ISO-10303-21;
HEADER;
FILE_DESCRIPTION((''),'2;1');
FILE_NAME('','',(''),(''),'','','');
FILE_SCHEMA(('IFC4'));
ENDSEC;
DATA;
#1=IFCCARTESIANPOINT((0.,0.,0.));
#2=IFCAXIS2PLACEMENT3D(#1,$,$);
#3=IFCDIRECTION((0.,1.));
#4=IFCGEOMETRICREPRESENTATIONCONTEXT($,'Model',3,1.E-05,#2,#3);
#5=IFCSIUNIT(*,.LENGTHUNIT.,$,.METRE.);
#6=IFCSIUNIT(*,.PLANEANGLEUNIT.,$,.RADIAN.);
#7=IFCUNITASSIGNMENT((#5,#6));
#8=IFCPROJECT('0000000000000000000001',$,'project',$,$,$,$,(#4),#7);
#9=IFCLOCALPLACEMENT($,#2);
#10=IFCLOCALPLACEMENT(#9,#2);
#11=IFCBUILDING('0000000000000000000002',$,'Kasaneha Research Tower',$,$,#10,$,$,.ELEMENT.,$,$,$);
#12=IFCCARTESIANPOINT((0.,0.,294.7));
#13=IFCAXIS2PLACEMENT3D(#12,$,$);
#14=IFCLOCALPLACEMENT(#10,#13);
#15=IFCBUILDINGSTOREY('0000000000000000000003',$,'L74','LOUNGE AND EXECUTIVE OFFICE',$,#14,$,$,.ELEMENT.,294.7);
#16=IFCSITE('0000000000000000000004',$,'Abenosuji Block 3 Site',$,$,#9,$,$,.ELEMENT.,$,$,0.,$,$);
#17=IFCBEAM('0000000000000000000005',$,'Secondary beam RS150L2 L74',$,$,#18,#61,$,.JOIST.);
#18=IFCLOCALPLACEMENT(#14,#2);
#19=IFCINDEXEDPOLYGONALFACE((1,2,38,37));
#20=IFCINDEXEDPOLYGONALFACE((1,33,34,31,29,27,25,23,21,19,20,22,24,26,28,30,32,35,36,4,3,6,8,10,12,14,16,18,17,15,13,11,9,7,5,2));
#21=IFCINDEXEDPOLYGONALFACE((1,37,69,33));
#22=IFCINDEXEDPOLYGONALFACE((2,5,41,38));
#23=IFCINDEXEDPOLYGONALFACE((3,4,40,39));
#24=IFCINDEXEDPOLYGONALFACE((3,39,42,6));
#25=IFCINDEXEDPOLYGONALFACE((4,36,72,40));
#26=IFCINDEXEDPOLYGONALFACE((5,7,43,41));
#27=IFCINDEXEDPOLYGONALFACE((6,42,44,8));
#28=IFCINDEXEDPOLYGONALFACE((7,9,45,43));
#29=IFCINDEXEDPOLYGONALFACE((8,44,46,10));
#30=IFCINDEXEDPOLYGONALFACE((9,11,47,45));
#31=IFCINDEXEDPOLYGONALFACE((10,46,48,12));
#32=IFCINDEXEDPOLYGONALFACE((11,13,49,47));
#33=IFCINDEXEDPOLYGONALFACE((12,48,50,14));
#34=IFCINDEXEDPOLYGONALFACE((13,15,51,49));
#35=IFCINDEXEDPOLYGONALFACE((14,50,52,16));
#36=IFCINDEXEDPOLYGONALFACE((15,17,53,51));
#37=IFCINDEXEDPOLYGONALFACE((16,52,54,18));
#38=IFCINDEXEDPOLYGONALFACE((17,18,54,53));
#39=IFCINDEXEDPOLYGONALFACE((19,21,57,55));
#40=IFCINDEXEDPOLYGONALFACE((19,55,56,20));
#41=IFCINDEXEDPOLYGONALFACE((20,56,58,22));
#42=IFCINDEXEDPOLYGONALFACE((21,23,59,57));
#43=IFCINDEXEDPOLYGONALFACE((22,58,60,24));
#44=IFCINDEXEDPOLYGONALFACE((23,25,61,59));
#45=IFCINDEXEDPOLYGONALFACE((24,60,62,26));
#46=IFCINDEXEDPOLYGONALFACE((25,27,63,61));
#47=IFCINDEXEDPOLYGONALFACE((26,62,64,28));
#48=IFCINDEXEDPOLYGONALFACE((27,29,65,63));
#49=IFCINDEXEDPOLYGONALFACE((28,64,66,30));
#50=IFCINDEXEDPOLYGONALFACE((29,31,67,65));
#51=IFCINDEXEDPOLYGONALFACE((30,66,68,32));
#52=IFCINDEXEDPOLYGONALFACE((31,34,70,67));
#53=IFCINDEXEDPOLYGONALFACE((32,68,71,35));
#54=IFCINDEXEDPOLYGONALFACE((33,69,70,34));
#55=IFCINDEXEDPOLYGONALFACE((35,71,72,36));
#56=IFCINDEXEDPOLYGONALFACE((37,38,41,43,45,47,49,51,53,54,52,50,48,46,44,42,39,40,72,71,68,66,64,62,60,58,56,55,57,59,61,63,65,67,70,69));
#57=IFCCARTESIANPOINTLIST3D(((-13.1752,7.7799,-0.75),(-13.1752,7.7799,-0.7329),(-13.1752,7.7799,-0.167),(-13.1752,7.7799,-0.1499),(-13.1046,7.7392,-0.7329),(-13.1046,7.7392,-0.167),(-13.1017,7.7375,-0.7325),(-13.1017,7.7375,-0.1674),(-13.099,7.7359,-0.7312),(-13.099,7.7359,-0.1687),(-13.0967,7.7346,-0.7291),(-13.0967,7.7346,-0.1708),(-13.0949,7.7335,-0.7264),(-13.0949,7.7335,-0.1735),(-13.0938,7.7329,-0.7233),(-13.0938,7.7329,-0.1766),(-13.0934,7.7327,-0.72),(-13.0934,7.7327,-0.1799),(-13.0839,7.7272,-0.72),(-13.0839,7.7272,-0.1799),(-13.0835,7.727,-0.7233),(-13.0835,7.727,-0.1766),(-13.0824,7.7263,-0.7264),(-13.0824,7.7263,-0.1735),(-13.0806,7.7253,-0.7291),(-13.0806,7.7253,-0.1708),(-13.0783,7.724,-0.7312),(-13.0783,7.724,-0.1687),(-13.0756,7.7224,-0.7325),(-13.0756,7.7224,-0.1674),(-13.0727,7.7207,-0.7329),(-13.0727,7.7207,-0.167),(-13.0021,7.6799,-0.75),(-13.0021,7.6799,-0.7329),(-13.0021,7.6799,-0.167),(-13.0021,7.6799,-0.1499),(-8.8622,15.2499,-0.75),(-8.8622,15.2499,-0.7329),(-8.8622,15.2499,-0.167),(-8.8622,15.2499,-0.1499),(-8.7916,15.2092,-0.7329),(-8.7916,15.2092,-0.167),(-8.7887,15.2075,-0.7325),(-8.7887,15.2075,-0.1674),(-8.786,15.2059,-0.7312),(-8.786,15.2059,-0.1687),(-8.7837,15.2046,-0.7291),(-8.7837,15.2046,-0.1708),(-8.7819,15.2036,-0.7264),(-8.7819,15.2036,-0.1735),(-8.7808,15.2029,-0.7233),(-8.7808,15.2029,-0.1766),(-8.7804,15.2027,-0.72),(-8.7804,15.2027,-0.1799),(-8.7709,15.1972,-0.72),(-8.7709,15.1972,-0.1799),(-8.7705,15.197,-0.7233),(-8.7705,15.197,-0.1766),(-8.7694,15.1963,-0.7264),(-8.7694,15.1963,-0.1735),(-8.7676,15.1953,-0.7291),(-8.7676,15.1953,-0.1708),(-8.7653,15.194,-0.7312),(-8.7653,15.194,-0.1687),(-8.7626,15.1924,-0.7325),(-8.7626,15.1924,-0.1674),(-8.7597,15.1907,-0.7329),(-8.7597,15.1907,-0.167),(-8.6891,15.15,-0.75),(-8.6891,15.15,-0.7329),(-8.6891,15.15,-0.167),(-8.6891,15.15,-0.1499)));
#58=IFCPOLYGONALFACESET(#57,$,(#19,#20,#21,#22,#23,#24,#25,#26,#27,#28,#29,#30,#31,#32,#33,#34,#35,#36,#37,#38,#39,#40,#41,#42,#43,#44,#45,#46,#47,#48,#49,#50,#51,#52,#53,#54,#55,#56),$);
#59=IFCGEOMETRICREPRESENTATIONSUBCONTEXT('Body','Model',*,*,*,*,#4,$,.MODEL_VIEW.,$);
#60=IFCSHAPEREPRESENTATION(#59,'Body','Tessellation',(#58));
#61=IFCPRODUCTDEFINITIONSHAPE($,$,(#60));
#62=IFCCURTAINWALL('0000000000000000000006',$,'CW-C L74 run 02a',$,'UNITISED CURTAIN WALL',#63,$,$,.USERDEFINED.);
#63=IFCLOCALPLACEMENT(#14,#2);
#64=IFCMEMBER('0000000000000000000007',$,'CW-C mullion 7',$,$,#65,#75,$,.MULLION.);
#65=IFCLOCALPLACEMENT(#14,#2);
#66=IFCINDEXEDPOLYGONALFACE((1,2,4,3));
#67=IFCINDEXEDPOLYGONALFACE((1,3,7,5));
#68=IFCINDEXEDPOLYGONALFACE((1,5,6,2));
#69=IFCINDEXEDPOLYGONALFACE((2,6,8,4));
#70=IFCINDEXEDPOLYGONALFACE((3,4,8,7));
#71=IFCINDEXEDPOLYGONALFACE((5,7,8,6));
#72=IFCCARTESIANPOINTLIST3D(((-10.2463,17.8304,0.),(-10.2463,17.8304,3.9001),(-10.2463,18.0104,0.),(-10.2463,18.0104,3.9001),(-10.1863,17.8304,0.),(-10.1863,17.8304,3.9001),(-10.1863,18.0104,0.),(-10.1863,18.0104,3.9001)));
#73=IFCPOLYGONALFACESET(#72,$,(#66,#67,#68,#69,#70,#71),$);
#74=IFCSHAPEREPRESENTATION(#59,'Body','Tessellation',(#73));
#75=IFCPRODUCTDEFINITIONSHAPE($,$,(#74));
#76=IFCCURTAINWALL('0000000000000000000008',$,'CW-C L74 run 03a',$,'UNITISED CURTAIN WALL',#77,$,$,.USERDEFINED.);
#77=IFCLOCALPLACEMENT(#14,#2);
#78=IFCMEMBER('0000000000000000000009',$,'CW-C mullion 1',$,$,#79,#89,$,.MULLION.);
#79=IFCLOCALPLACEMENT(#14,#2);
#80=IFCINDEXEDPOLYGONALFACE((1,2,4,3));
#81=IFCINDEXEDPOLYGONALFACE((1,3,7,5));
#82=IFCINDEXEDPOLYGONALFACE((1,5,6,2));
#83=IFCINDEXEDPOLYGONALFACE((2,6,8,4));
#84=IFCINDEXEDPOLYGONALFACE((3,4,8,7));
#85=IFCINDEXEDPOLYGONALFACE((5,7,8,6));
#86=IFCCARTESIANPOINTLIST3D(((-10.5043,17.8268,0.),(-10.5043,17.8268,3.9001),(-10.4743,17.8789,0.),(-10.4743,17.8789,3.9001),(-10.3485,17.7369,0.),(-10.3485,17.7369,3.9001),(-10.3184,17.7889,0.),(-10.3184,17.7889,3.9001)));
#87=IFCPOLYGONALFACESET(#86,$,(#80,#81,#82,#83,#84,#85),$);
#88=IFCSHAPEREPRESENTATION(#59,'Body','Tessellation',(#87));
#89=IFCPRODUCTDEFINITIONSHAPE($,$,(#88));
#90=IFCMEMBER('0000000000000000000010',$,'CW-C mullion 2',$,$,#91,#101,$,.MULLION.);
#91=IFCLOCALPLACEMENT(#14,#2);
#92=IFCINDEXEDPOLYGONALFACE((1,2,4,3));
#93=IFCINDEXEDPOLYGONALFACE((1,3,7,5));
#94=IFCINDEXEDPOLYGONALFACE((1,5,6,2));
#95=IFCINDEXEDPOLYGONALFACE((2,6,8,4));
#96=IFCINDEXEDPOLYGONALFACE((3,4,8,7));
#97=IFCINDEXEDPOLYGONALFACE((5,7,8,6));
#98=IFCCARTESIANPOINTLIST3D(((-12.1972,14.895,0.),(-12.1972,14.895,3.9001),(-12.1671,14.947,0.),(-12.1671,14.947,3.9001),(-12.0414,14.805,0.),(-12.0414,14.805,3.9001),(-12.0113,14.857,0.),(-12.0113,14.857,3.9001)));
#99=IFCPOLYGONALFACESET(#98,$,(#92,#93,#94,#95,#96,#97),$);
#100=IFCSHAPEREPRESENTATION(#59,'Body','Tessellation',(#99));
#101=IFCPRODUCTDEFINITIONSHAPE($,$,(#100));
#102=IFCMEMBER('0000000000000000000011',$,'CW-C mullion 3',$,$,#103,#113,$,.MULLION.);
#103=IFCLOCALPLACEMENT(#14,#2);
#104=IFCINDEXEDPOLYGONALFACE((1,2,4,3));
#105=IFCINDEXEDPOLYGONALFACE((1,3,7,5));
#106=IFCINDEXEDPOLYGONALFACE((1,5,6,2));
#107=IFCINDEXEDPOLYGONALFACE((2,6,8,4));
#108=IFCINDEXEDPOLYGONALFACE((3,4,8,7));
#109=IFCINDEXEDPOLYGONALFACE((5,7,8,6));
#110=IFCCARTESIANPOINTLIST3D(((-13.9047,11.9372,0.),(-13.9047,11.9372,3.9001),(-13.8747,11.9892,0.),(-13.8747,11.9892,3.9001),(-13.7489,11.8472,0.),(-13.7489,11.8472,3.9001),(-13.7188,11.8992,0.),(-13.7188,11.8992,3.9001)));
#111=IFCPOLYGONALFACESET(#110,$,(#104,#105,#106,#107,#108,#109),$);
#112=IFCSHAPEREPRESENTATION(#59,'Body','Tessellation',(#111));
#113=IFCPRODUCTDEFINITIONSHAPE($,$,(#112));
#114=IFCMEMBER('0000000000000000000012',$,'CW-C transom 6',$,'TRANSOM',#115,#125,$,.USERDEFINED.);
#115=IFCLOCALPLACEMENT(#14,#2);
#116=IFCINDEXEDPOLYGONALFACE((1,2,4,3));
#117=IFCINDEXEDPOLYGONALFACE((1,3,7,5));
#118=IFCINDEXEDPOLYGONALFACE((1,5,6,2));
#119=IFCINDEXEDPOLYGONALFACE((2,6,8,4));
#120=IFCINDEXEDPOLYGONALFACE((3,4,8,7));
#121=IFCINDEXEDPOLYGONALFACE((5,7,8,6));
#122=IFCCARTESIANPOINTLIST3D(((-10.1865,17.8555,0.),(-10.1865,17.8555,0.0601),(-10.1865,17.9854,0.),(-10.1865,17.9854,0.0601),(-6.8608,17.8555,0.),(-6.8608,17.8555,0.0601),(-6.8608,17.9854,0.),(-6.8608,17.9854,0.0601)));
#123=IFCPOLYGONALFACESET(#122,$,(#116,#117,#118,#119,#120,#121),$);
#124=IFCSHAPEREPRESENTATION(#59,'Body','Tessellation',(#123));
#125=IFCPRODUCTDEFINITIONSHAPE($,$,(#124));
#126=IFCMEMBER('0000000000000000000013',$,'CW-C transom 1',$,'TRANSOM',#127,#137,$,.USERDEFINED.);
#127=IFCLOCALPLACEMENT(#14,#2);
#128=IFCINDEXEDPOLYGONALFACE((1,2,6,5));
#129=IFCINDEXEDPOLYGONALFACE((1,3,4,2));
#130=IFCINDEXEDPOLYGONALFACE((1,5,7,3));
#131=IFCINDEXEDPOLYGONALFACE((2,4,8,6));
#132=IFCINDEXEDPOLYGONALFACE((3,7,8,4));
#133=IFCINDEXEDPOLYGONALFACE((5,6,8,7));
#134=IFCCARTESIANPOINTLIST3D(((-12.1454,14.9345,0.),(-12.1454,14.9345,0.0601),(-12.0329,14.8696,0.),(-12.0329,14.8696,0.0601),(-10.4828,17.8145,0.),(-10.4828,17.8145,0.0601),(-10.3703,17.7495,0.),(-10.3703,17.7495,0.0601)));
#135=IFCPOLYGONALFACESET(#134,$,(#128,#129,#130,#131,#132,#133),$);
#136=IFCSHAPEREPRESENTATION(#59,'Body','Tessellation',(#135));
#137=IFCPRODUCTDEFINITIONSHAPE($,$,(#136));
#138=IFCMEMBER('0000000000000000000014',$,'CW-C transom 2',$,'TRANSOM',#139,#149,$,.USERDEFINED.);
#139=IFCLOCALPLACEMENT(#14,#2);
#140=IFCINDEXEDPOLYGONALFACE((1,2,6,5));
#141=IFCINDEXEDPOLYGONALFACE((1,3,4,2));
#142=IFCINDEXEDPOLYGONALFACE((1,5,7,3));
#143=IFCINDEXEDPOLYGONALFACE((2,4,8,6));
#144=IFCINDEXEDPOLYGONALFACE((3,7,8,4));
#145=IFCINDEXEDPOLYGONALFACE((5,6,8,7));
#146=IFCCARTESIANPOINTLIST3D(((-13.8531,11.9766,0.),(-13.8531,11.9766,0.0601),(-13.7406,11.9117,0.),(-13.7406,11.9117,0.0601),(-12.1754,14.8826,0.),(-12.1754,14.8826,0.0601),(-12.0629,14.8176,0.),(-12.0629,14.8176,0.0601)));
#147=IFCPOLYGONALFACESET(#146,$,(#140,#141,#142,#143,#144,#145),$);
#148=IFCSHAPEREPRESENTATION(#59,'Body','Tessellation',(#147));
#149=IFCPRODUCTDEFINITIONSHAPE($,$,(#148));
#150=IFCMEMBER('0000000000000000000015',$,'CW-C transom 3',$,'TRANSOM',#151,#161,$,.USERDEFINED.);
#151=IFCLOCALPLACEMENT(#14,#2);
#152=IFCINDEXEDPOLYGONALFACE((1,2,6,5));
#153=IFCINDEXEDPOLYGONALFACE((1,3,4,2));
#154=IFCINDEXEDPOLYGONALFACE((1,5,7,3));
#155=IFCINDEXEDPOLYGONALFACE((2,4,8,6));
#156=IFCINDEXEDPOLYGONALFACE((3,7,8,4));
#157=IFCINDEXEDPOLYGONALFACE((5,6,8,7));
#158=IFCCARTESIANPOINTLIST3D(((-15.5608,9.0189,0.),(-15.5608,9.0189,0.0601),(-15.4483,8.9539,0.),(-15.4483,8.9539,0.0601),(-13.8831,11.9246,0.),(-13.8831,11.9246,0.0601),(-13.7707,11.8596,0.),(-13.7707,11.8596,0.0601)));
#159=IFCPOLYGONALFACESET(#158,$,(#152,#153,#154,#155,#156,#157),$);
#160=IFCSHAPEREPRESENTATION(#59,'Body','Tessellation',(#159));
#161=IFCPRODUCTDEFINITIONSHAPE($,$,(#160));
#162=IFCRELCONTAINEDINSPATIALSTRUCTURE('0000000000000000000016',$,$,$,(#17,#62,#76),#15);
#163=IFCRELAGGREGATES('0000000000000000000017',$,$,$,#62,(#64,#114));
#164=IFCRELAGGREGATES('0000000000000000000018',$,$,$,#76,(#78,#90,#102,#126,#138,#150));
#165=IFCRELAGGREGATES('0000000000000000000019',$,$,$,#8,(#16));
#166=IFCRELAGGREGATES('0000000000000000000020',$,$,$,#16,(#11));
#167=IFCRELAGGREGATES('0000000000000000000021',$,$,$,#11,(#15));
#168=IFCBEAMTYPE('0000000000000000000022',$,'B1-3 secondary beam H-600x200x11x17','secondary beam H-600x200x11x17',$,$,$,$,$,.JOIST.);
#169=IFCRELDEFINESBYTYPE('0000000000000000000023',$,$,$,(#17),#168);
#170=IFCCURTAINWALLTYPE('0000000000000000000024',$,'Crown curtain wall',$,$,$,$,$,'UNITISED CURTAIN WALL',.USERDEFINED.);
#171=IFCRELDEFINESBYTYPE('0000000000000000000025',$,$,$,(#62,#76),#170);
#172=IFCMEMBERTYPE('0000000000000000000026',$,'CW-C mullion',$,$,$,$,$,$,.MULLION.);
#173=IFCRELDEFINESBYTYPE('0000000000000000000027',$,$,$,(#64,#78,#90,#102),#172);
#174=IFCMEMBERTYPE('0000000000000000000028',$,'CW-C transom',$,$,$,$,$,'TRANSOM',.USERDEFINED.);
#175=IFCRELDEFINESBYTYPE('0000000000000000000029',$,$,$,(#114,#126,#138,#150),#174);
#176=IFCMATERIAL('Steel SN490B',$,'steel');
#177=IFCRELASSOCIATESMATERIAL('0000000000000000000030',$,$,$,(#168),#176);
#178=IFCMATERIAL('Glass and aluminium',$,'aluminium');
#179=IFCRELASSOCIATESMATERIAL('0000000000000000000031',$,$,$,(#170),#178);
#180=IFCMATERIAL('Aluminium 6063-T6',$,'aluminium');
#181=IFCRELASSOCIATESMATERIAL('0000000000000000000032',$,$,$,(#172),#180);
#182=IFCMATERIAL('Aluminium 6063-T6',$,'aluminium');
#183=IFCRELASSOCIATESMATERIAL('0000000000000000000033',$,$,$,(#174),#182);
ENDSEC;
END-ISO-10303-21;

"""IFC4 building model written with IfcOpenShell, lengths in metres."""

from ifc_helpers import new_model, si_unit, direction, frame, origin, origin_2d, place, context, subcontext, project, spatial, rectangle, i_section, extrude, material, material_profile, profile_set, type_object, element, aggregate, save


model = new_model("IFC4")

# Units and contexts
model_context = context("Model", 3, precision=1e-05, world=origin(), true_north=direction((0.0, 1.0)))
body_context = subcontext(model_context, "Body", "Model", "MODEL_VIEW")
ifc_project = project(units=[si_unit("LENGTHUNIT", "METRE"), si_unit("PLANEANGLEUNIT", "RADIAN")], contexts=[model_context])

# Site, building, storey
site_placement = place(None, origin())
site = spatial("IfcSite", under=ifc_project, at=site_placement, Name="Abenosuji Block 3 Site", CompositionType="ELEMENT", RefElevation=0.0)
building_placement = place(site_placement, origin())
building = spatial("IfcBuilding", under=site, at=building_placement, Name="Kasaneha Research Tower", CompositionType="ELEMENT")
storey_placement = place(building_placement, frame((0.0, 0.0, 294.7)))
storey = spatial("IfcBuildingStorey", under=building, at=storey_placement, Name="L74", Description="LOUNGE AND EXECUTIVE OFFICE", CompositionType="ELEMENT", Elevation=294.7)

# Beam
ifc_material_1 = material(Name="Steel SN490B", Category="steel")
ifc_material_profile_1 = material_profile(ifc_material_1, i_section(OverallWidth=0.2, OverallDepth=0.6001, WebThickness=0.011, FlangeThickness=0.0171, FilletRadius=0.0129, at=origin_2d()), Name="H-600x200x11x17")
ifc_profile_set_1 = profile_set([ifc_material_profile_1], Name="Steel SN490B")
beam_type_1 = type_object("IfcBeamType", Name="B1-3 secondary beam H-600x200x11x17", Description="secondary beam H-600x200x11x17", PredefinedType="JOIST", material=ifc_profile_set_1)
beam_1_placement = place(storey_placement, frame((-8.7756, 15.2, -0.45), z_axis=(-0.500017, -0.866015, 0.0), x_axis=(0.866015, -0.500017, 0.0)))
element("IfcBeam", 1, at=beam_1_placement, inside=storey, type_object=beam_type_1, Name="Secondary beam RS150L2 L74", PredefinedType="JOIST", context=body_context, shape_type="SweptSolid", body=[
    extrude(i_section(OverallWidth=0.2, OverallDepth=0.6001, WebThickness=0.011, FlangeThickness=0.0171, FilletRadius=0.0129, at=origin_2d()), origin(), (0.0, 0.0, 1.0), 8.6257),
])

# Curtain wall, member
ifc_material_2 = material(Name="Glass and aluminium", Category="aluminium")
curtain_wall_type = type_object("IfcCurtainWallType", Name="Crown curtain wall", ElementType="UNITISED CURTAIN WALL", PredefinedType="USERDEFINED", material=ifc_material_2)
curtain_wall_1_placement = place(storey_placement, origin())
curtain_wall_1 = element("IfcCurtainWall", 2, at=curtain_wall_1_placement, inside=storey, type_object=curtain_wall_type, Name="CW-C L74 run 02a", ObjectType="UNITISED CURTAIN WALL", PredefinedType="USERDEFINED")
ifc_material_3 = material(Name="Aluminium 6063-T6", Category="aluminium")
ifc_material_profile_2 = material_profile(ifc_material_3, rectangle(XDim=0.0601, YDim=0.1799, at=origin_2d()), Name="CW-C mullion 60x180")
ifc_profile_set_2 = profile_set([ifc_material_profile_2], Name="Aluminium 6063-T6")
member_type_1 = type_object("IfcMemberType", Name="CW-C mullion", PredefinedType="MULLION", material=ifc_profile_set_2)
member_1_placement = place(storey_placement, frame((-10.2163, 17.9204, 0.0), z_axis=(0.0, 0.0, 1.0), x_axis=(-1.0, 0.0, 0.0)))
member_1 = element("IfcMember", 3, at=member_1_placement, type_object=member_type_1, Name="CW-C mullion 7", PredefinedType="MULLION", context=body_context, shape_type="SweptSolid", body=[
    extrude(rectangle(XDim=0.0601, YDim=0.1799, at=origin_2d()), origin(), (0.0, 0.0, 1.0), 3.9001),
])

# Curtain wall, members
curtain_wall_2_placement = place(storey_placement, origin())
curtain_wall_2 = element("IfcCurtainWall", 4, at=curtain_wall_2_placement, inside=storey, type_object=curtain_wall_type, Name="CW-C L74 run 03a", ObjectType="UNITISED CURTAIN WALL", PredefinedType="USERDEFINED")
member_2_placement = place(storey_placement, frame((-10.4114, 17.8079, 0.0), z_axis=(0.0, 0.0, 1.0), x_axis=(-0.5, -0.866025, 0.0)))
member_2 = element("IfcMember", 5, at=member_2_placement, type_object=member_type_1, Name="CW-C mullion 1", PredefinedType="MULLION", context=body_context, shape_type="SweptSolid", body=[
    extrude(rectangle(XDim=0.0601, YDim=0.1799, at=origin_2d()), origin(), (0.0, 0.0, 1.0), 3.9001),
])
member_3_placement = place(storey_placement, frame((-12.1042, 14.876, 0.0), z_axis=(0.0, 0.0, 1.0), x_axis=(-0.5, -0.866025, 0.0)))
member_3 = element("IfcMember", 6, at=member_3_placement, type_object=member_type_1, Name="CW-C mullion 2", PredefinedType="MULLION", context=body_context, shape_type="SweptSolid", body=[
    extrude(rectangle(XDim=0.0601, YDim=0.1799, at=origin_2d()), origin(), (0.0, 0.0, 1.0), 3.9001),
])
member_4_placement = place(storey_placement, frame((-13.8118, 11.9182, 0.0), z_axis=(0.0, 0.0, 1.0), x_axis=(-0.5, -0.866025, 0.0)))
member_4 = element("IfcMember", 7, at=member_4_placement, type_object=member_type_1, Name="CW-C mullion 3", PredefinedType="MULLION", context=body_context, shape_type="SweptSolid", body=[
    extrude(rectangle(XDim=0.0601, YDim=0.1799, at=origin_2d()), origin(), (0.0, 0.0, 1.0), 3.9001),
])

# Members
ifc_material_4 = material(Name="Aluminium 6063-T6", Category="aluminium")
ifc_material_profile_3 = material_profile(ifc_material_4, rectangle(XDim=0.1299, YDim=0.0601, at=origin_2d()), Name="CW-C transom 130x60")
ifc_profile_set_3 = profile_set([ifc_material_profile_3], Name="Aluminium 6063-T6")
member_type_2 = type_object("IfcMemberType", Name="CW-C transom", ElementType="TRANSOM", PredefinedType="USERDEFINED", material=ifc_profile_set_3)
member_5_placement = place(storey_placement, frame((-6.8608, 17.9204, 0.03), z_axis=(-1.0, 0.0, 0.0), x_axis=(0.0, -1.0, 0.0)))
member_5 = element("IfcMember", 8, at=member_5_placement, type_object=member_type_2, Name="CW-C transom 6", ObjectType="TRANSOM", PredefinedType="USERDEFINED", context=body_context, shape_type="SweptSolid", body=[
    extrude(rectangle(XDim=0.1299, YDim=0.0601, at=origin_2d()), origin(), (0.0, 0.0, 1.0), 3.3257),
])
member_6_placement = place(storey_placement, frame((-10.4265, 17.782, 0.03), z_axis=(-0.499977, -0.866039, 0.0), x_axis=(0.866039, -0.499977, 0.0)))
member_6 = element("IfcMember", 9, at=member_6_placement, type_object=member_type_2, Name="CW-C transom 1", ObjectType="TRANSOM", PredefinedType="USERDEFINED", context=body_context, shape_type="SweptSolid", body=[
    extrude(rectangle(XDim=0.1299, YDim=0.0601, at=origin_2d()), origin(), (0.0, 0.0, 1.0), 3.3254),
])
member_7_placement = place(storey_placement, frame((-12.1191, 14.8501, 0.03), z_axis=(-0.499989, -0.866032, 0.0), x_axis=(0.866032, -0.499989, 0.0)))
member_7 = element("IfcMember", 10, at=member_7_placement, type_object=member_type_2, Name="CW-C transom 2", ObjectType="TRANSOM", PredefinedType="USERDEFINED", context=body_context, shape_type="SweptSolid", body=[
    extrude(rectangle(XDim=0.1299, YDim=0.0601, at=origin_2d()), origin(), (0.0, 0.0, 1.0), 3.3555),
])
member_8_placement = place(storey_placement, frame((-13.8269, 11.8921, 0.03), z_axis=(-0.500021, -0.866014, 0.0), x_axis=(0.866014, -0.500021, 0.0)))
member_8 = element("IfcMember", 11, at=member_8_placement, type_object=member_type_2, Name="CW-C transom 3", ObjectType="TRANSOM", PredefinedType="USERDEFINED", context=body_context, shape_type="SweptSolid", body=[
    extrude(rectangle(XDim=0.1299, YDim=0.0601, at=origin_2d()), origin(), (0.0, 0.0, 1.0), 3.3552),
])

aggregate(curtain_wall_1, [member_1, member_5])
aggregate(curtain_wall_2, [member_2, member_3, member_4, member_6, member_7, member_8])

save(model, "model.ifc")
